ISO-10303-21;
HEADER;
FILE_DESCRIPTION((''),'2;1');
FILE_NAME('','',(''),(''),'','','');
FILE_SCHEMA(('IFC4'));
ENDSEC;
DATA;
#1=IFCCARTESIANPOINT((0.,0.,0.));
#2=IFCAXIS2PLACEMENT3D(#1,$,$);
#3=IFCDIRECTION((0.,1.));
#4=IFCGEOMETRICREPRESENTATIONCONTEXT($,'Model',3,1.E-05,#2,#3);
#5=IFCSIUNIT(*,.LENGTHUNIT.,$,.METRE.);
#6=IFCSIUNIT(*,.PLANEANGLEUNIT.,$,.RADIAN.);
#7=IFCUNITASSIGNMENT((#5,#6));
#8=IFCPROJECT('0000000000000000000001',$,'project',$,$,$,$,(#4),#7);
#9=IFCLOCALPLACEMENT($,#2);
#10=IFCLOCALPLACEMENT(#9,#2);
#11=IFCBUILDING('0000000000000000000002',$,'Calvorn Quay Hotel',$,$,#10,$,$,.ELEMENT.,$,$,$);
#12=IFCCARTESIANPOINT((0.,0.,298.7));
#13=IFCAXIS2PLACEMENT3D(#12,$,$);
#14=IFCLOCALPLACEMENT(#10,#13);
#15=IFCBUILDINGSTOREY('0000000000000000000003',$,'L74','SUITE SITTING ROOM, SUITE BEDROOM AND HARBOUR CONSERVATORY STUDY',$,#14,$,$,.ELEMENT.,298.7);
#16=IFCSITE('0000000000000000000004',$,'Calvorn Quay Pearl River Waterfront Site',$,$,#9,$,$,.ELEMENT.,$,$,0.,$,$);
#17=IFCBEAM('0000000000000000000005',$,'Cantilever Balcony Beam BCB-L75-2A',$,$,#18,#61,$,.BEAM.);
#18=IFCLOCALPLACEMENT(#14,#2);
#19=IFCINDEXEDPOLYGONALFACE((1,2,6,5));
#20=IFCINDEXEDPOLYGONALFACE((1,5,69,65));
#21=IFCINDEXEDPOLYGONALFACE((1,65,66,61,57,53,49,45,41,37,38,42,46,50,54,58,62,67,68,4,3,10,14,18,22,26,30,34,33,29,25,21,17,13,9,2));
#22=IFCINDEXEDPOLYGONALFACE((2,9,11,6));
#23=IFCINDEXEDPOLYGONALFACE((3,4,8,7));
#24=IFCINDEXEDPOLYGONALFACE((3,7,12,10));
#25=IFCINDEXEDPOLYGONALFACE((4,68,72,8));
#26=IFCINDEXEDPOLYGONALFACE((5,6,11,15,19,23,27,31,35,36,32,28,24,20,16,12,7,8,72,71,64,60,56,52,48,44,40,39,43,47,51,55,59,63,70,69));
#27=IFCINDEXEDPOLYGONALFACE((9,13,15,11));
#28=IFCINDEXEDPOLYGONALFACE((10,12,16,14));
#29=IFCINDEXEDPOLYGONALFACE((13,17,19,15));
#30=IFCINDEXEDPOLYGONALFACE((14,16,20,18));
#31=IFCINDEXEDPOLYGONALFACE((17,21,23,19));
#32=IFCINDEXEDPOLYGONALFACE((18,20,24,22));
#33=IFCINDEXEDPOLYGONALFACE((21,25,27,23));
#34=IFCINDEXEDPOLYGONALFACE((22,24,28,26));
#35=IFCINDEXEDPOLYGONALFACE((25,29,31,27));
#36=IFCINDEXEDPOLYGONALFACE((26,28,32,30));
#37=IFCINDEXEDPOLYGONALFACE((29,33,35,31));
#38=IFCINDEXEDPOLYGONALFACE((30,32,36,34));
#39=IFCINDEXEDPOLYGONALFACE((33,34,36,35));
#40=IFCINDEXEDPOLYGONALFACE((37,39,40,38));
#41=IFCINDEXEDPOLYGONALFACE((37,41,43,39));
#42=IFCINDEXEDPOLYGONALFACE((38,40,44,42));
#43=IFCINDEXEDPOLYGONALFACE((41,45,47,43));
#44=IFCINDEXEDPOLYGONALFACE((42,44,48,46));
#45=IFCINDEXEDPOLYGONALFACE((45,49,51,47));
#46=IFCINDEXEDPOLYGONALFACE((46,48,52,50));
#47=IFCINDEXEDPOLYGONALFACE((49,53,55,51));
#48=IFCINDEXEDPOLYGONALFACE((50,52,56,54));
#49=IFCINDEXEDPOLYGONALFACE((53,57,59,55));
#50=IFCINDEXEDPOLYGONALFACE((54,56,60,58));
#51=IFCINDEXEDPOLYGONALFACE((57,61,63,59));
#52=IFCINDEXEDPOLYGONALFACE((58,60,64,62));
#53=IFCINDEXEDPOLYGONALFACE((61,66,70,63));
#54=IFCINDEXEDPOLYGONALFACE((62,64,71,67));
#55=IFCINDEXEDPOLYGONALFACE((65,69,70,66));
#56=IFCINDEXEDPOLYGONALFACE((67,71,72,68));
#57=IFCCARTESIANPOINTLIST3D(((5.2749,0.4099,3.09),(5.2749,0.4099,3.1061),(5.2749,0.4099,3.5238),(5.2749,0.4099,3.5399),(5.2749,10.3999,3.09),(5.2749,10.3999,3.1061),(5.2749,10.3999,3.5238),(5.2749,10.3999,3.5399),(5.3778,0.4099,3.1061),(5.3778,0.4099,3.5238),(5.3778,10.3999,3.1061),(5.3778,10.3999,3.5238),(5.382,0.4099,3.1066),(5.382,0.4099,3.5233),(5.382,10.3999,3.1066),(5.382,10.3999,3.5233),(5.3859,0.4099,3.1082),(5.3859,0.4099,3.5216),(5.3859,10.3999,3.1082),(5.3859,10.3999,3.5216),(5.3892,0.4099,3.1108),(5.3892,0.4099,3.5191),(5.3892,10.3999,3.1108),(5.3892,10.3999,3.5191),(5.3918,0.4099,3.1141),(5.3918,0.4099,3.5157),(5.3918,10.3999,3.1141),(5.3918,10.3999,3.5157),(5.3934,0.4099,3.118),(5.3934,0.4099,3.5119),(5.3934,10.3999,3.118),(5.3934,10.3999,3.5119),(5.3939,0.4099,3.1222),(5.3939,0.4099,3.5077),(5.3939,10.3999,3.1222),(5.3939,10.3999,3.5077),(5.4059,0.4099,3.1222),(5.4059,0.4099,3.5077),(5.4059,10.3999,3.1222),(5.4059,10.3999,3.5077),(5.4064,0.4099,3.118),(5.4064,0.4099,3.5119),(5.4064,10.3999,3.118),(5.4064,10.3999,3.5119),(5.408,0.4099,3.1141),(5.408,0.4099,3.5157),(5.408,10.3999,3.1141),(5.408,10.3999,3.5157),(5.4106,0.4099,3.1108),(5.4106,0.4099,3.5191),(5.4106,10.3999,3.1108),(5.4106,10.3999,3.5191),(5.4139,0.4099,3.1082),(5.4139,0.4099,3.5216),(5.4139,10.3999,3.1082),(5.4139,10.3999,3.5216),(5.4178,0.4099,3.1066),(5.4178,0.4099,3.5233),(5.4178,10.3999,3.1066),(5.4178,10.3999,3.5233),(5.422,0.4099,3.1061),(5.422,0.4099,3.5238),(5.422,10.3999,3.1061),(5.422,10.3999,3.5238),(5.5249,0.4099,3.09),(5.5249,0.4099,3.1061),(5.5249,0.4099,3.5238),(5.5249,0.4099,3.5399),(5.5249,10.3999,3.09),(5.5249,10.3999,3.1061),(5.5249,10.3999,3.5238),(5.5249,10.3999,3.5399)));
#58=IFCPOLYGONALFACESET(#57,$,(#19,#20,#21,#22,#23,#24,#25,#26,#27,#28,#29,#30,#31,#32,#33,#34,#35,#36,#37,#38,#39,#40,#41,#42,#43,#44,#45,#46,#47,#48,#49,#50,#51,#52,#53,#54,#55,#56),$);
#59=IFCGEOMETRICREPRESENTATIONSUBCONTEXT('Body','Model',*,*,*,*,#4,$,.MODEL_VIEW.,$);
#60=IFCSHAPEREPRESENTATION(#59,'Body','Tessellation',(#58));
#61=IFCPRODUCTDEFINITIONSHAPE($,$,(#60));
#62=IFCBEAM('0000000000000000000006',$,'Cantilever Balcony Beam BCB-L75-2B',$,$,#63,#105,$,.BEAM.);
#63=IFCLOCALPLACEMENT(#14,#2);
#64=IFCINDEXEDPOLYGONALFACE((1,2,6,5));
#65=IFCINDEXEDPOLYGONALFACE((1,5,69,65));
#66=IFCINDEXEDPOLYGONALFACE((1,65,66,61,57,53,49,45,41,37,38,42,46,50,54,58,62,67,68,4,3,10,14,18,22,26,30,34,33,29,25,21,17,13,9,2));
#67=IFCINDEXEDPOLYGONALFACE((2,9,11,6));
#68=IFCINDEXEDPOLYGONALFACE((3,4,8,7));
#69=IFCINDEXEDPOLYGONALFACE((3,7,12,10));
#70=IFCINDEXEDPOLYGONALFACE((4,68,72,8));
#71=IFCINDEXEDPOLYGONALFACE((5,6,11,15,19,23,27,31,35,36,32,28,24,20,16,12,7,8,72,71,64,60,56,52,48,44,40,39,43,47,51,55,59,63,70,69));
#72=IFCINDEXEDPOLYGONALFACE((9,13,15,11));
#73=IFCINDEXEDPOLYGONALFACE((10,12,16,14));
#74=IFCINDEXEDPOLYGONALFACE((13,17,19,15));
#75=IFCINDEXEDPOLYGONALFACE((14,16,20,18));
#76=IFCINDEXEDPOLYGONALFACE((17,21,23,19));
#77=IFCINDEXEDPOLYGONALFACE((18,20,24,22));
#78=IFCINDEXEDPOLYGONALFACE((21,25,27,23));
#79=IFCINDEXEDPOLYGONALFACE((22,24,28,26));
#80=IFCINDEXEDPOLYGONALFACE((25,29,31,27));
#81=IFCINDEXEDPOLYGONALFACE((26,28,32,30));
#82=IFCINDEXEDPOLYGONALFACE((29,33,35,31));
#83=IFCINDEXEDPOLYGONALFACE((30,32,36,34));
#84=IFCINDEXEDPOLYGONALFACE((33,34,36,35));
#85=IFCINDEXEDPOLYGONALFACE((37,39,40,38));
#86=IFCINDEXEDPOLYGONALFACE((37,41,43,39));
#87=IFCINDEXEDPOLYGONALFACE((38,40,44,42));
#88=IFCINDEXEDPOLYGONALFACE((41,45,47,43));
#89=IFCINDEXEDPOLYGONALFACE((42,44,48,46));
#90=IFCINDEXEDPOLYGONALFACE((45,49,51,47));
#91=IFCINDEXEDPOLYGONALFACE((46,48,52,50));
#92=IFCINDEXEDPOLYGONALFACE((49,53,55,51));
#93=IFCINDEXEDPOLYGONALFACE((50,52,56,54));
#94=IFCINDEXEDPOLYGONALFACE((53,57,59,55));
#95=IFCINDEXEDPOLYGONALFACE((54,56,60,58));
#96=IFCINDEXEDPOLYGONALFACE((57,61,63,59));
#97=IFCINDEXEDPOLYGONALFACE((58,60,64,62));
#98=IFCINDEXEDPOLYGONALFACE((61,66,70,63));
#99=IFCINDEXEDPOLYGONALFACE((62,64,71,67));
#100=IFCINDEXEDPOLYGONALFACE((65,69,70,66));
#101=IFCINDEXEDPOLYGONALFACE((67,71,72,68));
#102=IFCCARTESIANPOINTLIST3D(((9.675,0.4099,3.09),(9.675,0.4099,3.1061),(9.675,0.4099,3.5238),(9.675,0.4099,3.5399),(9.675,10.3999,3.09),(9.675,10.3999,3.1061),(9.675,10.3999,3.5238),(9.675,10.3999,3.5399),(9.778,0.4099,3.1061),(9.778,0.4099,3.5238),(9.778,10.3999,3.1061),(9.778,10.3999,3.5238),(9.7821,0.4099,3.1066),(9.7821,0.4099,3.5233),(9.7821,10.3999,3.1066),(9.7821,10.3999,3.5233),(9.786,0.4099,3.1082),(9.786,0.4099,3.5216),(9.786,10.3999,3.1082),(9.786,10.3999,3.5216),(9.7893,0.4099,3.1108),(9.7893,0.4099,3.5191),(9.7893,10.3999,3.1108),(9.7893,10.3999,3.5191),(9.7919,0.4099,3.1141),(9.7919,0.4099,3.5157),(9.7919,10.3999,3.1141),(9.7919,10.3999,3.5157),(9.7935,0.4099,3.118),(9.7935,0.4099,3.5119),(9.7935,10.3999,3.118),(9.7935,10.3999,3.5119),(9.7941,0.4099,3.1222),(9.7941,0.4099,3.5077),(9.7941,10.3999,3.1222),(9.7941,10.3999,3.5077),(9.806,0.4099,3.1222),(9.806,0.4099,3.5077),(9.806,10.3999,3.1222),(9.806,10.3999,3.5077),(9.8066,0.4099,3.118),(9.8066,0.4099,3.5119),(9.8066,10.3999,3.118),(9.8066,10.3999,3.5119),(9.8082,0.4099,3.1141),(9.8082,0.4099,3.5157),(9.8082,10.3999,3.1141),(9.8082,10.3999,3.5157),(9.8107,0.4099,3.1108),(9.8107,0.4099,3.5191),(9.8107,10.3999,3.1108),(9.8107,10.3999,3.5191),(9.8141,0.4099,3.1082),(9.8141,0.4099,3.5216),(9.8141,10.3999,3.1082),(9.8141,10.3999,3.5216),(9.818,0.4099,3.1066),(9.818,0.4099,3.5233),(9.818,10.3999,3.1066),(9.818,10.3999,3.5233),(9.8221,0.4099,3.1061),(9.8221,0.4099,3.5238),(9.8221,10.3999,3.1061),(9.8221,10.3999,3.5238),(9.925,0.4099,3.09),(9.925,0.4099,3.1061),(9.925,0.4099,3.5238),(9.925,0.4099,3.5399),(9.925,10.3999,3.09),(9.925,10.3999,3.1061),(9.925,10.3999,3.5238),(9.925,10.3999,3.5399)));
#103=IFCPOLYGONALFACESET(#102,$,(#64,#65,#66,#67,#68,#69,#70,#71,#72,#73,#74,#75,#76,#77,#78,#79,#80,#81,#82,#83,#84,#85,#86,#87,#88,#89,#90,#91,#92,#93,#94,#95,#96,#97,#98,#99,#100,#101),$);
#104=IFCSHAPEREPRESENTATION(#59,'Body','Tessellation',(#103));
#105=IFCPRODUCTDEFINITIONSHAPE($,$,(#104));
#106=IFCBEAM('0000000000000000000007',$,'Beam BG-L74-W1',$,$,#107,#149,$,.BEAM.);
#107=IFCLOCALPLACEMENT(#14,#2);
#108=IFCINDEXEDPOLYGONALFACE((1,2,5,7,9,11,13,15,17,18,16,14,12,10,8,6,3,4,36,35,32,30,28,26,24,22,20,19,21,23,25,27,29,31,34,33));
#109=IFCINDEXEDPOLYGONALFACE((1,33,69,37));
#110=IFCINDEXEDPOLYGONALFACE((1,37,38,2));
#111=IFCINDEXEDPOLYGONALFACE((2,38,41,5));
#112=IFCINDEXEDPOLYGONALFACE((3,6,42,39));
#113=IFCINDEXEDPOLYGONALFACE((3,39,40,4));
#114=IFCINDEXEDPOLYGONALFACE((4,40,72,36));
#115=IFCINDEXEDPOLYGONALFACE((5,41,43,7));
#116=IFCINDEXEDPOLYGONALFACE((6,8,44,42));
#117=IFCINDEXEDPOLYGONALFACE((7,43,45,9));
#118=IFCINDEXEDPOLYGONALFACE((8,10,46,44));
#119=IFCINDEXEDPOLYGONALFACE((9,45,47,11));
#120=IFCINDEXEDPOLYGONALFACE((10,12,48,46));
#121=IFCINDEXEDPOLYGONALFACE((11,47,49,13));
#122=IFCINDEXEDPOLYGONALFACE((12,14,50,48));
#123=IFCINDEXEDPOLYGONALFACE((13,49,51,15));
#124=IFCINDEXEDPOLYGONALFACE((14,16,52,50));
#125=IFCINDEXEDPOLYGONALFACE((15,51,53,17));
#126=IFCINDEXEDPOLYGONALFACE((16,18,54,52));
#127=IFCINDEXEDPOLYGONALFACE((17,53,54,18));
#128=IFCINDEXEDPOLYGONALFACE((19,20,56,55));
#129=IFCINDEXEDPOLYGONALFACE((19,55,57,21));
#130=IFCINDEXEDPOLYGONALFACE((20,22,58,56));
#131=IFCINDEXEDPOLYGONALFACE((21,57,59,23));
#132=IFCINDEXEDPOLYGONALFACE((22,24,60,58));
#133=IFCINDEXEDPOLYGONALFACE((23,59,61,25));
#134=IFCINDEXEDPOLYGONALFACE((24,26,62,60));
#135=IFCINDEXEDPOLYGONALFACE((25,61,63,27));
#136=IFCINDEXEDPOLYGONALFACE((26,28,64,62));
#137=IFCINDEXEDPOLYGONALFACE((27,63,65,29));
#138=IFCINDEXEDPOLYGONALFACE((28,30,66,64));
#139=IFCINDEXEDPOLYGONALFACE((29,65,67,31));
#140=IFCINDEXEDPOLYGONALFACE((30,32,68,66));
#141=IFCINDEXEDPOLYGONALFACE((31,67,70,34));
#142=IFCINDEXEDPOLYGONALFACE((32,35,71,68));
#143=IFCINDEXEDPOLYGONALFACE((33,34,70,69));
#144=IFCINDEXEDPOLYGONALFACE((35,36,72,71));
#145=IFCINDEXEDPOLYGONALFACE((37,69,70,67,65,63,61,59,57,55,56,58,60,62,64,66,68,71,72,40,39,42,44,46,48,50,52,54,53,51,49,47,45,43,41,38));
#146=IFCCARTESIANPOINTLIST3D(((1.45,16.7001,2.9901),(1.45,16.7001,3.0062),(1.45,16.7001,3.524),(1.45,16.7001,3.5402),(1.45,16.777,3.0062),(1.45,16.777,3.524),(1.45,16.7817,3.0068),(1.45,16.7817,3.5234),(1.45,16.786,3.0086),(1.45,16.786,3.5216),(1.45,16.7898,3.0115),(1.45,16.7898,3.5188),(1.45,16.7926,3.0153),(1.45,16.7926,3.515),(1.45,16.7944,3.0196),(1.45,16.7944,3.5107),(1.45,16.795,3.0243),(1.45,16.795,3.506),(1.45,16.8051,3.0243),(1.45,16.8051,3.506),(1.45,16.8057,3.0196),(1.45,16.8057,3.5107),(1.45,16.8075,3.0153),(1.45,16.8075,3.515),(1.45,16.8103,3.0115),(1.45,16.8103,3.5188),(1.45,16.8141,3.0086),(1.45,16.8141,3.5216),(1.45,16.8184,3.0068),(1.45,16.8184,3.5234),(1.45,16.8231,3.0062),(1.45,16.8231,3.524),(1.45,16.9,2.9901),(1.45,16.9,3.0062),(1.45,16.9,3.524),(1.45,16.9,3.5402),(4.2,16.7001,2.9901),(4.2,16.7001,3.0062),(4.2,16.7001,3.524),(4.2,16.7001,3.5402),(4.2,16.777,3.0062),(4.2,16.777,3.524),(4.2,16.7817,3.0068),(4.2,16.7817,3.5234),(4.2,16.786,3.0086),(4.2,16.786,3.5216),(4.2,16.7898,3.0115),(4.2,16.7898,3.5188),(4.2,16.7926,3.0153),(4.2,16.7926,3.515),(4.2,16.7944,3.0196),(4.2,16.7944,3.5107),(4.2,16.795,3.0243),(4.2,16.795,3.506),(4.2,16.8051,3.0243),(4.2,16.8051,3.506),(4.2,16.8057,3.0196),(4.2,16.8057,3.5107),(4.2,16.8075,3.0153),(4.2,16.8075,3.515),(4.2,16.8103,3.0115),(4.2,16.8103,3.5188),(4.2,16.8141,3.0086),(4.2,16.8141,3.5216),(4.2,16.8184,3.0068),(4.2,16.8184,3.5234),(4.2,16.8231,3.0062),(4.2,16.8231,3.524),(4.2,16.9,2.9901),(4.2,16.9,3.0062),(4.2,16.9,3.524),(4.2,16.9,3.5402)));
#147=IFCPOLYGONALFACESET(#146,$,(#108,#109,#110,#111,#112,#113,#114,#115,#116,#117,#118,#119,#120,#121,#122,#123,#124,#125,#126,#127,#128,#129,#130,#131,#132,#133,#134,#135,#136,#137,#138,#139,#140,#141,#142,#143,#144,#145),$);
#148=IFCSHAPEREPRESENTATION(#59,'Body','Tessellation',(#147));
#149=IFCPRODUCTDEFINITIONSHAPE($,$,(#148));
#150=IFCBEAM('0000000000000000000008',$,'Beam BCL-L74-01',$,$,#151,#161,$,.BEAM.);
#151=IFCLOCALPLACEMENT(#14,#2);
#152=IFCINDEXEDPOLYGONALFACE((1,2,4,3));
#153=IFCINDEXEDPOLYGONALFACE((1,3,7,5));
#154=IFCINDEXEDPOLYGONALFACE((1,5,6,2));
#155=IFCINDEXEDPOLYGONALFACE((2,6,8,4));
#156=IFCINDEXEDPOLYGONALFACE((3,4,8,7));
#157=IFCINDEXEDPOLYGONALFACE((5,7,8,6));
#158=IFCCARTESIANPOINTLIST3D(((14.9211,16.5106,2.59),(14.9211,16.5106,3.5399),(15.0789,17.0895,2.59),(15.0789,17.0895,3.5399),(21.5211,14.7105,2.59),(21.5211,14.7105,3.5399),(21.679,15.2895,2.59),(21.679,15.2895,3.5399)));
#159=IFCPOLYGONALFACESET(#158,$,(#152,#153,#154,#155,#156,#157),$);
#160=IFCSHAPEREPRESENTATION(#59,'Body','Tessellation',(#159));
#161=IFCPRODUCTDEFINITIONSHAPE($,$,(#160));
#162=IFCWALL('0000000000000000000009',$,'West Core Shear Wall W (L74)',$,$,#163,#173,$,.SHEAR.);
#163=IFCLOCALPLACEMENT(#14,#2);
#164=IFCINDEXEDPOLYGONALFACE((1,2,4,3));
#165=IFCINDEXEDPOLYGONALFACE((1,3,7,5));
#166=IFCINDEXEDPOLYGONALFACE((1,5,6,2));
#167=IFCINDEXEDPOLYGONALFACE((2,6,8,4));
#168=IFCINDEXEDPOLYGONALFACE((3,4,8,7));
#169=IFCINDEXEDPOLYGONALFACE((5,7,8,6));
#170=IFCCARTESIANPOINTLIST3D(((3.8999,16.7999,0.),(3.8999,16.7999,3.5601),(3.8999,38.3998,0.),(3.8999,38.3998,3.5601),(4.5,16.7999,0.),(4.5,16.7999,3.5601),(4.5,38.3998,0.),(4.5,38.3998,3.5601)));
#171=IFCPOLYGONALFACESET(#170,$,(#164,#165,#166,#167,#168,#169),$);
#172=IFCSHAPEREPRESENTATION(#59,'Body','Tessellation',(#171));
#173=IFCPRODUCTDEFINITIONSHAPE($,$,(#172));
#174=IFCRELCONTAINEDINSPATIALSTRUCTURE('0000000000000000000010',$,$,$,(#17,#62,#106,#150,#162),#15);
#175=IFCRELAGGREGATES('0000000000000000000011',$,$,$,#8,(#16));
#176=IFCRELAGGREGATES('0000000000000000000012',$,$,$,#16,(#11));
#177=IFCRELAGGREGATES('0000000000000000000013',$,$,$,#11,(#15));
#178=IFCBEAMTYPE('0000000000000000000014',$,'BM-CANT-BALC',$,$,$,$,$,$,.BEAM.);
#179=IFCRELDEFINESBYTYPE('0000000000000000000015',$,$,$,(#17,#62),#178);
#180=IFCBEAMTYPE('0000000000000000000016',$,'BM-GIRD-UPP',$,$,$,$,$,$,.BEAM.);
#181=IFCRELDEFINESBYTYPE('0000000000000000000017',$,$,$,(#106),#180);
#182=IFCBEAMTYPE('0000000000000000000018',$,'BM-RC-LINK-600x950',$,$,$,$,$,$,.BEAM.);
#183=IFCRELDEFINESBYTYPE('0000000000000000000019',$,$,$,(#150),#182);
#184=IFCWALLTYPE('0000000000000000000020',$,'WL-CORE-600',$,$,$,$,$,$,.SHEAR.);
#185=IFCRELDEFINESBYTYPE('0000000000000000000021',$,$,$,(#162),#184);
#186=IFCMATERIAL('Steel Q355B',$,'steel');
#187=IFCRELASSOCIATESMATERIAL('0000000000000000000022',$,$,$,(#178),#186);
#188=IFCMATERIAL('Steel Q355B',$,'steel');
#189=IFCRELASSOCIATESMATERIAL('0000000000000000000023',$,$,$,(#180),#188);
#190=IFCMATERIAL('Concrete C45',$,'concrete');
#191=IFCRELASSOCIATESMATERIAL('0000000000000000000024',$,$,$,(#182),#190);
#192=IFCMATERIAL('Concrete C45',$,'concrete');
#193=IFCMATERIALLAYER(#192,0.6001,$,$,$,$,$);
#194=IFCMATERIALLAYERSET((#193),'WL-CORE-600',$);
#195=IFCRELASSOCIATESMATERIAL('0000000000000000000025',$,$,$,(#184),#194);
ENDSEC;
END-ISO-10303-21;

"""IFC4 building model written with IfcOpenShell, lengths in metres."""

from ifc_helpers import new_model, si_unit, direction, frame, frame_2d, origin, origin_2d, place, context, subcontext, project, spatial, rectangle, i_section, extrude, material, layer, layer_set, material_profile, profile_set, type_object, element, save


model = new_model("IFC4")

# Units and contexts
model_context = context("Model", 3, precision=1e-05, world=origin(), true_north=direction((0.0, 1.0)))
body_context = subcontext(model_context, "Body", "Model", "MODEL_VIEW")
ifc_project = project(units=[si_unit("LENGTHUNIT", "METRE"), si_unit("PLANEANGLEUNIT", "RADIAN")], contexts=[model_context])

# Site, building, storey
site_placement = place(None, origin())
site = spatial("IfcSite", under=ifc_project, at=site_placement, Name="Calvorn Quay Pearl River Waterfront Site", CompositionType="ELEMENT", RefElevation=0.0)
building_placement = place(site_placement, origin())
building = spatial("IfcBuilding", under=site, at=building_placement, Name="Calvorn Quay Hotel", CompositionType="ELEMENT")
storey_placement = place(building_placement, frame((0.0, 0.0, 298.7)))
storey = spatial("IfcBuildingStorey", under=building, at=storey_placement, Name="L74", Description="SUITE SITTING ROOM, SUITE BEDROOM AND HARBOUR CONSERVATORY STUDY", CompositionType="ELEMENT", Elevation=298.7)

# Beams
ifc_material_1 = material(Name="Steel Q355B", Category="steel")
ifc_material_profile_1 = material_profile(ifc_material_1, i_section(OverallWidth=0.25, OverallDepth=0.45, WebThickness=0.012, FlangeThickness=0.0161, FilletRadius=0.0161, at=origin_2d()), Name="HN450x250x12x16")
ifc_profile_set_1 = profile_set([ifc_material_profile_1], Name="Steel Q355B")
beam_type_1 = type_object("IfcBeamType", Name="BM-CANT-BALC", PredefinedType="BEAM", material=ifc_profile_set_1)
for number, where, z_axis, x_axis, name in (
    (1, (5.3999, 10.3999, 3.3149), (0.0, -1.0, 0.0), (1.0, 0.0, 0.0), "Cantilever Balcony Beam BCB-L75-2A"),
    (2, (9.8, 10.3999, 3.3149), (0.0, -1.0, 0.0), (1.0, 0.0, 0.0), "Cantilever Balcony Beam BCB-L75-2B"),
):
    element("IfcBeam", number, at=place(storey_placement, frame(where, z_axis=z_axis, x_axis=x_axis)), inside=storey, type_object=beam_type_1, Name=name, PredefinedType="BEAM", context=body_context, shape_type="SweptSolid", body=[
        extrude(i_section(OverallWidth=0.25, OverallDepth=0.45, WebThickness=0.012, FlangeThickness=0.0161, FilletRadius=0.0161, at=origin_2d()), origin(), (0.0, 0.0, 1.0), 9.99),
    ])
ifc_material_2 = material(Name="Steel Q355B", Category="steel")
ifc_material_profile_2 = material_profile(ifc_material_2, i_section(OverallWidth=0.2, OverallDepth=0.55, WebThickness=0.01, FlangeThickness=0.0161, FilletRadius=0.0181, at=origin_2d()), Name="HN550x200x10x16")
ifc_profile_set_2 = profile_set([ifc_material_profile_2], Name="Steel Q355B")
beam_type_2 = type_object("IfcBeamType", Name="BM-GIRD-UPP", PredefinedType="BEAM", material=ifc_profile_set_2)
beam_1_placement = place(storey_placement, frame((1.45, 16.8, 3.2651), z_axis=(1.0, 0.0, 0.0), x_axis=(0.0, 1.0, 0.0)))
element("IfcBeam", 3, at=beam_1_placement, inside=storey, type_object=beam_type_2, Name="Beam BG-L74-W1", PredefinedType="BEAM", context=body_context, shape_type="SweptSolid", body=[
    extrude(i_section(OverallWidth=0.2, OverallDepth=0.55, WebThickness=0.01, FlangeThickness=0.0161, FilletRadius=0.0181, at=origin_2d()), origin(), (0.0, 0.0, 1.0), 2.75),
])
ifc_material_3 = material(Name="Concrete C45", Category="concrete")
ifc_material_profile_3 = material_profile(ifc_material_3, rectangle(XDim=0.6001, YDim=0.95, at=origin_2d()), Name="RCB600x950")
ifc_profile_set_3 = profile_set([ifc_material_profile_3], Name="Concrete C45")
beam_type_3 = type_object("IfcBeamType", Name="BM-RC-LINK-600x950", PredefinedType="BEAM", material=ifc_profile_set_3)
beam_2_placement = place(storey_placement, frame((15.0, 16.8, 3.0649), z_axis=(0.964763, -0.26312, 0.0), x_axis=(0.26312, 0.964763, 0.0)))
element("IfcBeam", 4, at=beam_2_placement, inside=storey, type_object=beam_type_3, Name="Beam BCL-L74-01", PredefinedType="BEAM", context=body_context, shape_type="SweptSolid", body=[
    extrude(rectangle(XDim=0.6001, YDim=0.95, at=origin_2d()), origin(), (0.0, 0.0, 1.0), 6.8411),
])

# Wall
ifc_material_4 = material(Name="Concrete C45", Category="concrete")
ifc_layer_1 = layer(ifc_material_4, 0.6001)
ifc_layer_set_1 = layer_set([ifc_layer_1], Name="WL-CORE-600")
wall_type_1 = type_object("IfcWallType", Name="WL-CORE-600", PredefinedType="SHEAR", material=ifc_layer_set_1)
wall_1_placement = place(storey_placement, frame((4.2, 16.8, 0.0), z_axis=(0.0, 0.0, 1.0), x_axis=(0.0, 1.0, 0.0)))
element("IfcWall", 5, at=wall_1_placement, inside=storey, type_object=wall_type_1, Name="West Core Shear Wall W (L74)", PredefinedType="SHEAR", context=body_context, shape_type="SweptSolid", body=[
    extrude(rectangle(XDim=21.5999, YDim=0.6001, at=frame_2d((10.7998, 0.0))), origin(), (0.0, 0.0, 1.0), 3.5601),
])

save(model, "model.ifc")
